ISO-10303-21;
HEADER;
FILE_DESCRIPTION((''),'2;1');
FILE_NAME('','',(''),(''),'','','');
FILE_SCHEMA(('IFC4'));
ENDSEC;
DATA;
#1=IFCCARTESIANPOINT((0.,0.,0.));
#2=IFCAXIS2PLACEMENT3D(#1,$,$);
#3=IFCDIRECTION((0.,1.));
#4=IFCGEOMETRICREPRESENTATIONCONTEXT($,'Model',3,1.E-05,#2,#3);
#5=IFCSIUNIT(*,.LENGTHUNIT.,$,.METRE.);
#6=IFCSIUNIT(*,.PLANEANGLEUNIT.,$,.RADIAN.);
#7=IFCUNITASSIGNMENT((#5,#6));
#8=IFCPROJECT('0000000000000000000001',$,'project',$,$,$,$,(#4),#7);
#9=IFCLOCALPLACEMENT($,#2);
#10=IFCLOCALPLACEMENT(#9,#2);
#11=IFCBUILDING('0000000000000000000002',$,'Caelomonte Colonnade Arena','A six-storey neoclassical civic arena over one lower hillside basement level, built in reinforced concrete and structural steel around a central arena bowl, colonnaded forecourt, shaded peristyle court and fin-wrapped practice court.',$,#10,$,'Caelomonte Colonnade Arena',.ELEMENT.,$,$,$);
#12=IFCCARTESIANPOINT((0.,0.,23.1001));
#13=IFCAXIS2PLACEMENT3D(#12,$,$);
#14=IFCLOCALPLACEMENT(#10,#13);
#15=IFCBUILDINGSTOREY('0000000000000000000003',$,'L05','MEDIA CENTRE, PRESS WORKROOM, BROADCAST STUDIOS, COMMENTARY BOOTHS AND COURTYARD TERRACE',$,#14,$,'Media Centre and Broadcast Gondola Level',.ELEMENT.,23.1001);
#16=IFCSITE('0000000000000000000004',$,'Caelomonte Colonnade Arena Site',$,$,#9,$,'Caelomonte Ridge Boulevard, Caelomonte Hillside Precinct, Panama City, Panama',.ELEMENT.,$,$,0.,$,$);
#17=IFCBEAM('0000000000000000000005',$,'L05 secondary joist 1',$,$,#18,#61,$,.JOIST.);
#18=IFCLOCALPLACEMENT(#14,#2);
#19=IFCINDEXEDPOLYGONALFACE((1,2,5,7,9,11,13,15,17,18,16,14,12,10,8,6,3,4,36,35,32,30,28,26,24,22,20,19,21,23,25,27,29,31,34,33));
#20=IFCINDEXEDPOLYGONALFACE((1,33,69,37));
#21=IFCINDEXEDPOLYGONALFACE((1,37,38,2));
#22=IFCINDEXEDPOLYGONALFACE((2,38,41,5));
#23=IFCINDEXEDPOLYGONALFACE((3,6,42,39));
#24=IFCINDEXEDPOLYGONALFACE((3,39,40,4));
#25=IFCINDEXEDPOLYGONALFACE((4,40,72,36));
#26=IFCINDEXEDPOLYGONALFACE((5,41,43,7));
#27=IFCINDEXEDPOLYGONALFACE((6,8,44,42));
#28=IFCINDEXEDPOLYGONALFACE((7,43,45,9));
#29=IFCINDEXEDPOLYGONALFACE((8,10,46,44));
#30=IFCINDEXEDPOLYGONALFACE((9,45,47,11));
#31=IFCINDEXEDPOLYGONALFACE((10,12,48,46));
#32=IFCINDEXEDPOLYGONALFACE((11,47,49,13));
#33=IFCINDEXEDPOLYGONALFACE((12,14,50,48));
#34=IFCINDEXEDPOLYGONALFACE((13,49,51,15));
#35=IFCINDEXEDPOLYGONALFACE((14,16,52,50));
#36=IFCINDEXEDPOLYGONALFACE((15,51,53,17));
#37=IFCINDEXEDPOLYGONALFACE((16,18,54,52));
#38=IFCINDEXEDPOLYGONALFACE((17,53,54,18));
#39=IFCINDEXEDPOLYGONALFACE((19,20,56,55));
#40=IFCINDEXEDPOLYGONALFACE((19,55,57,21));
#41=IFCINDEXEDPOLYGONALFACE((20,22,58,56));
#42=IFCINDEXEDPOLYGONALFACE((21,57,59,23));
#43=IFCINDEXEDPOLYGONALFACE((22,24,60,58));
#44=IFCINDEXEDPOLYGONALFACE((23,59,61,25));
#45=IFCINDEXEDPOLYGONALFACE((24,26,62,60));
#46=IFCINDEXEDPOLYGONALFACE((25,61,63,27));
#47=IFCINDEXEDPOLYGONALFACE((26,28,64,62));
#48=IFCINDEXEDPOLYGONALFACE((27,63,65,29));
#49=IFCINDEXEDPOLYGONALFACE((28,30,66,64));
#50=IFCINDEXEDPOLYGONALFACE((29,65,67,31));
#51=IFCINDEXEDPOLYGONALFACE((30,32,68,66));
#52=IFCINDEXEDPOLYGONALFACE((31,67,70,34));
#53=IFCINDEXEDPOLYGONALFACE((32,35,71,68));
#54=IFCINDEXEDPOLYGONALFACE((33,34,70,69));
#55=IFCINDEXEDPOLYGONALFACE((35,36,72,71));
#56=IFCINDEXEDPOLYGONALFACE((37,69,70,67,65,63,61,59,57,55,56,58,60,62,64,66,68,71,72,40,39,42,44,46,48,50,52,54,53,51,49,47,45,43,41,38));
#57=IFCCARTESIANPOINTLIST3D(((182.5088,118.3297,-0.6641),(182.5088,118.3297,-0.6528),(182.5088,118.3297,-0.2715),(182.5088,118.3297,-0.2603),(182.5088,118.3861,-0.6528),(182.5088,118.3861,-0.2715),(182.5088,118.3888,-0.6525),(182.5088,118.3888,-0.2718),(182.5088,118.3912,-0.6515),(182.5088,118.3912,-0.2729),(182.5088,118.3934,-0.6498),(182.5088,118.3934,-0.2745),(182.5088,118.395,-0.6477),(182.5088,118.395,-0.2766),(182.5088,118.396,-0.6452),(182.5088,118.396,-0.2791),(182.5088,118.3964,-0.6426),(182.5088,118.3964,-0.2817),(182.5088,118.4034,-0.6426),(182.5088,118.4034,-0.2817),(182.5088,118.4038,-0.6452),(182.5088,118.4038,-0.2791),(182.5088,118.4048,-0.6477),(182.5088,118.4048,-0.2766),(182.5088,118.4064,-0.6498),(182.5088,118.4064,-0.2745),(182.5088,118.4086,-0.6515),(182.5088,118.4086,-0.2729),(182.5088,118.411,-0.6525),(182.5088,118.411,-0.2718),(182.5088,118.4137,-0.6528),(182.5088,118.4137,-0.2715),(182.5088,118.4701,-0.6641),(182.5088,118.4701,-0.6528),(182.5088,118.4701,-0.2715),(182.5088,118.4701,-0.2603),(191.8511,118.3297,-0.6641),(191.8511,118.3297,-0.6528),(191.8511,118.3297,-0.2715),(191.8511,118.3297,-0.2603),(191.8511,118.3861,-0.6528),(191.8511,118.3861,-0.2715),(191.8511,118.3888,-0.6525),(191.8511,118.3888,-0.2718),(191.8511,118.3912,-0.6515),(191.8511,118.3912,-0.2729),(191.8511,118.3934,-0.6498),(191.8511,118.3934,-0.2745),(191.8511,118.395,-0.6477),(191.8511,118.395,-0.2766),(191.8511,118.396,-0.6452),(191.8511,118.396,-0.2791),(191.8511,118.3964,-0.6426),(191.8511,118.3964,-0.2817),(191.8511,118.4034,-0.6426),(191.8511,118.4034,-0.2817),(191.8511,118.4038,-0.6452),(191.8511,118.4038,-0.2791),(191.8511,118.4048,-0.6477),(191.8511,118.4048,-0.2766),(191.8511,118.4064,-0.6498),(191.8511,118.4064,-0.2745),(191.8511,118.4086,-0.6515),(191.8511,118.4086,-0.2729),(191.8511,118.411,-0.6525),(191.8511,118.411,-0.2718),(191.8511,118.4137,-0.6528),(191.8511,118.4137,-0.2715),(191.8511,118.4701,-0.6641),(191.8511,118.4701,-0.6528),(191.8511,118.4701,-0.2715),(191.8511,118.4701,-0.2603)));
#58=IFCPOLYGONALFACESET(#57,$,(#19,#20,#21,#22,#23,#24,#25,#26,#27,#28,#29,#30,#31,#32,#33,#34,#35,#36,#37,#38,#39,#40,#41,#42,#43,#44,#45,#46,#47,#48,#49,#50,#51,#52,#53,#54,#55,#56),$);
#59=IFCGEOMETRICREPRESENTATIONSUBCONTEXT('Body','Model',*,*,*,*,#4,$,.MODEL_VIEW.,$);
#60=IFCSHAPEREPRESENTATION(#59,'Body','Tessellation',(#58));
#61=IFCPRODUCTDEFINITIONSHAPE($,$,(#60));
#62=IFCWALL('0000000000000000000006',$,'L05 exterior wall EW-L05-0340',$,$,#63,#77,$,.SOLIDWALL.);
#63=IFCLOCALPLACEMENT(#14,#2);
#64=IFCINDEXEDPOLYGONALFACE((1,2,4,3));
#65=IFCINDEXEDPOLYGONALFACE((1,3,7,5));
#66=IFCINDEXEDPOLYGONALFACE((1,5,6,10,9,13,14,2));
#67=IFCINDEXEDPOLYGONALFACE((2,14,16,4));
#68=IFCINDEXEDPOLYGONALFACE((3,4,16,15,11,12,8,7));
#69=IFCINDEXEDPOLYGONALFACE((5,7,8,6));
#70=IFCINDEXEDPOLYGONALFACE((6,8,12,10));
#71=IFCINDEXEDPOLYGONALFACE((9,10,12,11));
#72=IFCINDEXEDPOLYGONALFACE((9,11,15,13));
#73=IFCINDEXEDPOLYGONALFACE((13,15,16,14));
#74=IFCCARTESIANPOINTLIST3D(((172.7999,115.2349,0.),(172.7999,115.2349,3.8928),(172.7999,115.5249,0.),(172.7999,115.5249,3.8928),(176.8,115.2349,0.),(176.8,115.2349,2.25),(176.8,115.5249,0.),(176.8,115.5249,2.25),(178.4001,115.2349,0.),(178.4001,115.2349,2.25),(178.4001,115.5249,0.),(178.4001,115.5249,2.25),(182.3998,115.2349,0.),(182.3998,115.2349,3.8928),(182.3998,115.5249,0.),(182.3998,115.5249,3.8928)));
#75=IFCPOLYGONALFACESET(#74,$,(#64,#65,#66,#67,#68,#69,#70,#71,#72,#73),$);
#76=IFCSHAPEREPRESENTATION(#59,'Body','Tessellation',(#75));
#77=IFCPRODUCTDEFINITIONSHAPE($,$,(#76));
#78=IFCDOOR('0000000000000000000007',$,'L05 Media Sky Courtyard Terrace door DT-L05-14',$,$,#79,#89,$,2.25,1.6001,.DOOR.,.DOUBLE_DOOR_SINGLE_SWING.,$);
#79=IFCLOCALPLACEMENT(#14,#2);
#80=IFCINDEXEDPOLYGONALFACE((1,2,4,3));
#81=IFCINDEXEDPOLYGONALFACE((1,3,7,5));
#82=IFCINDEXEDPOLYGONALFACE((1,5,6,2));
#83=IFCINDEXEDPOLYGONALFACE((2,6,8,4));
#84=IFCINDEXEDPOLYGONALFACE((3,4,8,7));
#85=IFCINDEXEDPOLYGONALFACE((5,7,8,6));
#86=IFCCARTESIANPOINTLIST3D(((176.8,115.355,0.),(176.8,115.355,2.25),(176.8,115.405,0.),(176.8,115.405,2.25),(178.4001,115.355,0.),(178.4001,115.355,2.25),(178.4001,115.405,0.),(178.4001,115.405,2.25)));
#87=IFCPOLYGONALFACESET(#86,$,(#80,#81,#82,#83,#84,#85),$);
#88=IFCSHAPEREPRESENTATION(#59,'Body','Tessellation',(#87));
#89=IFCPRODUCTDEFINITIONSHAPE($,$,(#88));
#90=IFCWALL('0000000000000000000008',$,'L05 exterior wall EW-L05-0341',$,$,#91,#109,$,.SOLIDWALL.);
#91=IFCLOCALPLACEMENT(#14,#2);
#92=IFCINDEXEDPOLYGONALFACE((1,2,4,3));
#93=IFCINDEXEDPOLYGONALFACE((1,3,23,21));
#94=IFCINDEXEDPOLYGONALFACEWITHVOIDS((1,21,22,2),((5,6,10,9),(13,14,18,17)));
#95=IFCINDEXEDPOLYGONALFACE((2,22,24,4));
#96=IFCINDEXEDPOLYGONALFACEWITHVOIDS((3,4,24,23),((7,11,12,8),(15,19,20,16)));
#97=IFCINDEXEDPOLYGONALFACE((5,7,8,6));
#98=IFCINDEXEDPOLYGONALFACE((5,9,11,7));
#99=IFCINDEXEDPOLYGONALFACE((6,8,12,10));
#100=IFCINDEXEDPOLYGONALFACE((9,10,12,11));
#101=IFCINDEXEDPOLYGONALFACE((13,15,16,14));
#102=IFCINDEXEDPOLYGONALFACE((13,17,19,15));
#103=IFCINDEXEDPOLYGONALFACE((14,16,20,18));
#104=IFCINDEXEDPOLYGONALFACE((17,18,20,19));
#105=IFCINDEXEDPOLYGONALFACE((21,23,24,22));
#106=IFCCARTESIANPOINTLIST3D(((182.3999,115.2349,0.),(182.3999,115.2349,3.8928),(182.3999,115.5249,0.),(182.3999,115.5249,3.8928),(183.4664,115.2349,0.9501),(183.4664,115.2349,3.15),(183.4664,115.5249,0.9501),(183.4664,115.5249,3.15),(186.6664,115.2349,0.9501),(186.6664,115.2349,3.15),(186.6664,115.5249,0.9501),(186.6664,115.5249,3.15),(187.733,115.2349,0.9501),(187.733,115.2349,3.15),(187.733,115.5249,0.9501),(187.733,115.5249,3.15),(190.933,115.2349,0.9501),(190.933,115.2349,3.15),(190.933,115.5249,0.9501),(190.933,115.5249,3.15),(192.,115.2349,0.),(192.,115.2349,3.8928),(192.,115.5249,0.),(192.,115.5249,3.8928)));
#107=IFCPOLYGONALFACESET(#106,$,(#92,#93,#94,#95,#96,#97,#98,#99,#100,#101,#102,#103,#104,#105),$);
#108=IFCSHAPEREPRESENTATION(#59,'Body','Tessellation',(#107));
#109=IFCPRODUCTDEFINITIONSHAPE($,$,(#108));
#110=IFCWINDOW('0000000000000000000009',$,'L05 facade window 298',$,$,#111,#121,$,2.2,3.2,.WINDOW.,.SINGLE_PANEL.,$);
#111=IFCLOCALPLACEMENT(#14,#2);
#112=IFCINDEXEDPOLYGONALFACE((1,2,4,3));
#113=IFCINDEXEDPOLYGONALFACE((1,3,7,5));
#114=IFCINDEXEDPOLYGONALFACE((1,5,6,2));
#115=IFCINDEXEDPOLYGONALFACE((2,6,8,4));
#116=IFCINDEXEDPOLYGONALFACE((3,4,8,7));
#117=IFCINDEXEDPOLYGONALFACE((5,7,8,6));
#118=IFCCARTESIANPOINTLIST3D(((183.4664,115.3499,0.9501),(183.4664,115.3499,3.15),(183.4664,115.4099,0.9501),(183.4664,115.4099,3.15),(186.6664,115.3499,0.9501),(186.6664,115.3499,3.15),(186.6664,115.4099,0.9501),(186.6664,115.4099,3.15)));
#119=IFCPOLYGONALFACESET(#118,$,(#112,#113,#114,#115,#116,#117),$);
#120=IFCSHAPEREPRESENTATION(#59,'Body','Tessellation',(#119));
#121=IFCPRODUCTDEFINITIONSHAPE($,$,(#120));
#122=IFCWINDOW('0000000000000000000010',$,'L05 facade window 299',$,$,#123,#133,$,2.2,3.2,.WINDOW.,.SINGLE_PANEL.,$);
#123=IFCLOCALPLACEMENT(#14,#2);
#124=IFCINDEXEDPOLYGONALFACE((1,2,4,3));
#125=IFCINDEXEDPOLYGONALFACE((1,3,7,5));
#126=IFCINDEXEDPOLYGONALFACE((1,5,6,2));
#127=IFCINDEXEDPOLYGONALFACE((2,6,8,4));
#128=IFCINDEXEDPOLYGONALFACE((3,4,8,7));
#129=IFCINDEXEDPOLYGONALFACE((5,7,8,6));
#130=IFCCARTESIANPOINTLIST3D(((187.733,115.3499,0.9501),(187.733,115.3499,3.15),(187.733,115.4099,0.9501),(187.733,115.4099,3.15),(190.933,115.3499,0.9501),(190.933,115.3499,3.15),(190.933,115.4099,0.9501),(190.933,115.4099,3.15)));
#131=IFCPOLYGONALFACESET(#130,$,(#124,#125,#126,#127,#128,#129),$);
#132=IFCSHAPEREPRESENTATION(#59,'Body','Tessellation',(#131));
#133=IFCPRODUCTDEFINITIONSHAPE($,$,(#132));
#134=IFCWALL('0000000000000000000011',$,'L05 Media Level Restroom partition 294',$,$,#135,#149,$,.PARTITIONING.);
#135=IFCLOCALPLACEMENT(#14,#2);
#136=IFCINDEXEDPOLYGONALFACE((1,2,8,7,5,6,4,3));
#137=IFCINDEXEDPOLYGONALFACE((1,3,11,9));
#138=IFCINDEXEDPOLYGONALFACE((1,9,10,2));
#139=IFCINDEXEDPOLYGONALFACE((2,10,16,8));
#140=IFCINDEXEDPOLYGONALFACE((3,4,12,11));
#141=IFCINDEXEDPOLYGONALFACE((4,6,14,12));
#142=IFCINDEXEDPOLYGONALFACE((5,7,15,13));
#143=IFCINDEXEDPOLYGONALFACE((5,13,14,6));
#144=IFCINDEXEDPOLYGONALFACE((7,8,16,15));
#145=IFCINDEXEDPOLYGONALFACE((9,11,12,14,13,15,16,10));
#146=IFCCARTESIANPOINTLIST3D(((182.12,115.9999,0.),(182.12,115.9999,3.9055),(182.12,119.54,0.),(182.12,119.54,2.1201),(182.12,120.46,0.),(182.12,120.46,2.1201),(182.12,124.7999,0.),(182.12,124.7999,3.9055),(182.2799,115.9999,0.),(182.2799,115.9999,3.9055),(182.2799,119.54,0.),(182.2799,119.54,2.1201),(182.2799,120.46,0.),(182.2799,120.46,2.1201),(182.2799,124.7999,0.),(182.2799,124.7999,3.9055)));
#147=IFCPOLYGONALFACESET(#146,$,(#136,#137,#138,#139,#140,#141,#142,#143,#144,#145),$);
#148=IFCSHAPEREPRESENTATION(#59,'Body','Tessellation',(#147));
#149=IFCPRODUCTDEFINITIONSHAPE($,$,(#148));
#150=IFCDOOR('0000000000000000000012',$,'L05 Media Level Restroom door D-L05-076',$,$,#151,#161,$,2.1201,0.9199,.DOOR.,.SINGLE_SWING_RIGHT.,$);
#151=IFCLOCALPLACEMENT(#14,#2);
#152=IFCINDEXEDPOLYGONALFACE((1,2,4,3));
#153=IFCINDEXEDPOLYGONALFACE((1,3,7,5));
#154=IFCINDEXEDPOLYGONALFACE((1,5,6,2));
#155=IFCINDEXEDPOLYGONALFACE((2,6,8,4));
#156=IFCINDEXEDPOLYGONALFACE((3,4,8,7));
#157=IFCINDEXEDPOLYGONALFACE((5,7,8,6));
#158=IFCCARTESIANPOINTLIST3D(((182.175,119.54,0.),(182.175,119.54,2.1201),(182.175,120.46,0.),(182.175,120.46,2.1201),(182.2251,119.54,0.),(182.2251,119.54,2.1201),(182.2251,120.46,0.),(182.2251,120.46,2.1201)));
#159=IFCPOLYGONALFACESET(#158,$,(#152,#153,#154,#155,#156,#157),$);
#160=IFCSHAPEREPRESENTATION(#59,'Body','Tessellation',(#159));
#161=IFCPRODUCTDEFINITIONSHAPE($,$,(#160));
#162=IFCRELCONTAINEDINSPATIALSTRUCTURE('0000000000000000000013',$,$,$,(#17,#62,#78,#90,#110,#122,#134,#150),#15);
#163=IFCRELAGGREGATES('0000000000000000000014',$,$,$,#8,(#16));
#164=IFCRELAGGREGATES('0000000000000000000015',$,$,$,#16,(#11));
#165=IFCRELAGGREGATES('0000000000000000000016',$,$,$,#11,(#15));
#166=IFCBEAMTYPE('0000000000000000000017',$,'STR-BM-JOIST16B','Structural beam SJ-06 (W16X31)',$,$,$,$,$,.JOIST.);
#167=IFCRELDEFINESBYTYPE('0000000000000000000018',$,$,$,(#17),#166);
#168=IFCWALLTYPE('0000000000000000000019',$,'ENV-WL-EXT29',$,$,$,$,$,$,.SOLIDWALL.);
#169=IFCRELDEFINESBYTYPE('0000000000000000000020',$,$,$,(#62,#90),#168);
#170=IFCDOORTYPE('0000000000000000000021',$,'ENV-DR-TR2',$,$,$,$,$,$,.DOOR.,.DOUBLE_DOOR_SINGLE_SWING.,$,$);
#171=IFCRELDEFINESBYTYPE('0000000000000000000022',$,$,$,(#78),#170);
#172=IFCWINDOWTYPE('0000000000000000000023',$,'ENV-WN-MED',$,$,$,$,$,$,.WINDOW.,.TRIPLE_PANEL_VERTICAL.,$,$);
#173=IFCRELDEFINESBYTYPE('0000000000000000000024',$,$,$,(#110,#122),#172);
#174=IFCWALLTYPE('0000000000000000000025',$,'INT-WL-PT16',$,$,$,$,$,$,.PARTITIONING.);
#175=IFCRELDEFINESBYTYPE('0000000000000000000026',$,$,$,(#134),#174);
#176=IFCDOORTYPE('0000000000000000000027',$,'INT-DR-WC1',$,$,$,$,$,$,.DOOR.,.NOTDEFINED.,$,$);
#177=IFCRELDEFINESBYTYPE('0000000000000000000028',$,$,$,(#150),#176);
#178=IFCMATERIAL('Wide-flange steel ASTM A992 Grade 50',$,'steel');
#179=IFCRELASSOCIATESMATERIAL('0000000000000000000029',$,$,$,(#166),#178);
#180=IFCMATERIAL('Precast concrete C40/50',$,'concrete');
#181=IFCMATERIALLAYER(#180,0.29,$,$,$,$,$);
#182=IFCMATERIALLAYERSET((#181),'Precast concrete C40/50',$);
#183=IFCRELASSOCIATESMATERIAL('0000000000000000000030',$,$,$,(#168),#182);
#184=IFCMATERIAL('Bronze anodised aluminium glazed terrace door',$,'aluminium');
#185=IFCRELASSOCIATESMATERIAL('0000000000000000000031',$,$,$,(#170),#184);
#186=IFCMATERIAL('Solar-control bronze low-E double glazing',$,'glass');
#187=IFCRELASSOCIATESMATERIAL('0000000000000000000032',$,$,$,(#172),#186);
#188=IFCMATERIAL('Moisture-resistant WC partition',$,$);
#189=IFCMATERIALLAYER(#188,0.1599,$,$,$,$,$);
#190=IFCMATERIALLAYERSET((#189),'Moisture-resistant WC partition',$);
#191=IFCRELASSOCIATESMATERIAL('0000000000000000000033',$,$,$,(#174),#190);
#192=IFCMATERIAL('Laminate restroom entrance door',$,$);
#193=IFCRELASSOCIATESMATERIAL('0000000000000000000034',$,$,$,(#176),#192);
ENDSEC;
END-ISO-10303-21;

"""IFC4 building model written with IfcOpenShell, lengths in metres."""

from ifc_helpers import new_model, si_unit, direction, frame, frame_2d, origin, origin_2d, place, context, subcontext, project, spatial, rectangle, i_section, extrude, material, layer, layer_set, material_profile, profile_set, type_object, element, fill, save


model = new_model("IFC4")

# Units and contexts
model_context = context("Model", 3, precision=1e-05, world=origin(), true_north=direction((0.0, 1.0)))
body_context = subcontext(model_context, "Body", "Model", "MODEL_VIEW")
ifc_project = project(units=[si_unit("LENGTHUNIT", "METRE"), si_unit("PLANEANGLEUNIT", "RADIAN")], contexts=[model_context])

# Site, building, storey
site_placement = place(None, origin())
site = spatial("IfcSite", under=ifc_project, at=site_placement, Name="Caelomonte Colonnade Arena Site", LongName="Caelomonte Ridge Boulevard, Caelomonte Hillside Precinct, Panama City, Panama", CompositionType="ELEMENT", RefElevation=0.0)
building_placement = place(site_placement, origin())
building = spatial("IfcBuilding", under=site, at=building_placement, Name="Caelomonte Colonnade Arena", Description="A six-storey neoclassical civic arena over one lower hillside basement level, built in reinforced concrete and structural steel around a central arena bowl, colonnaded forecourt, shaded peristyle court and fin-wrapped practice court.", LongName="Caelomonte Colonnade Arena", CompositionType="ELEMENT")
storey_placement = place(building_placement, frame((0.0, 0.0, 23.1001)))
storey = spatial("IfcBuildingStorey", under=building, at=storey_placement, Name="L05", Description="MEDIA CENTRE, PRESS WORKROOM, BROADCAST STUDIOS, COMMENTARY BOOTHS AND COURTYARD TERRACE", LongName="Media Centre and Broadcast Gondola Level", CompositionType="ELEMENT", Elevation=23.1001)

# Shared definitions
ifc_material_1 = material(Name="Wide-flange steel ASTM A992 Grade 50", Category="steel")

# Beam
ifc_material_profile_1 = material_profile(ifc_material_1, i_section(OverallWidth=0.1404, OverallDepth=0.4038, WebThickness=0.0071, FlangeThickness=0.0112, FilletRadius=0.0103, at=origin_2d()), Name="W16X31")
ifc_profile_set_1 = profile_set([ifc_material_profile_1], Name="Wide-flange steel ASTM A992 Grade 50")
beam_type_1 = type_object("IfcBeamType", Name="STR-BM-JOIST16B", Description="Structural beam SJ-06 (W16X31)", PredefinedType="JOIST", material=ifc_profile_set_1)
beam_placement = place(storey_placement, frame((182.5088, 118.3999, -0.4622), z_axis=(1.0, 0.0, 0.0), x_axis=(0.0, 1.0, 0.0)))
element("IfcBeam", 1, at=beam_placement, inside=storey, type_object=beam_type_1, Name="L05 secondary joist 1", PredefinedType="JOIST", context=body_context, shape_type="SweptSolid", body=[
    extrude(i_section(OverallWidth=0.1404, OverallDepth=0.4038, WebThickness=0.0071, FlangeThickness=0.0112, FilletRadius=0.0103, at=origin_2d()), origin(), (0.0, 0.0, 1.0), 9.3423),
])

# Wall, opening, door
ifc_material_2 = material(Name="Precast concrete C40/50", Category="concrete")
ifc_layer_1 = layer(ifc_material_2, 0.29)
ifc_layer_set_1 = layer_set([ifc_layer_1], Name="Precast concrete C40/50")
wall_type_1 = type_object("IfcWallType", Name="ENV-WL-EXT29", PredefinedType="SOLIDWALL", material=ifc_layer_set_1)
wall_1_placement = place(storey_placement, frame((172.8, 115.3799, 0.0), z_axis=(0.0, 0.0, 1.0), x_axis=(1.0, 0.0, 0.0)))
wall_1 = element("IfcWall", 2, at=wall_1_placement, inside=storey, type_object=wall_type_1, Name="L05 exterior wall EW-L05-0340", PredefinedType="SOLIDWALL", context=body_context, shape_type="SweptSolid", body=[
    extrude(rectangle(XDim=9.5999, YDim=0.29, at=frame_2d((4.7998, 0.0))), origin(), (0.0, 0.0, 1.0), 3.8928),
])
opening_1_placement = place(wall_1_placement, frame((5.6001, 0.0, 0.0), z_axis=(0.0, 0.0, 1.0), x_axis=(-1.0, 0.0, 0.0)))
opening_1 = element("IfcOpeningElement", 3, at=opening_1_placement, cuts=wall_1, PredefinedType="OPENING", context=body_context, shape_type="SweptSolid", body=[
    extrude(rectangle(XDim=1.6001, YDim=2.25, at=frame_2d((0.8, 1.125))), frame((0.0, 0.155, 0.0), z_axis=(0.0, -1.0, 0.0), x_axis=(1.0, 0.0, 0.0)), (0.0, 0.0, 1.0), 0.3101),
])
ifc_material_3 = material(Name="Bronze anodised aluminium glazed terrace door", Category="aluminium")
door_type_1 = type_object("IfcDoorType", Name="ENV-DR-TR2", OperationType="DOUBLE_DOOR_SINGLE_SWING", PredefinedType="DOOR", material=ifc_material_3)
door_1_placement = place(opening_1_placement, origin())
door_1 = element("IfcDoor", 4, at=door_1_placement, inside=storey, type_object=door_type_1, Name="L05 Media Sky Courtyard Terrace door DT-L05-14", OperationType="DOUBLE_DOOR_SINGLE_SWING", OverallHeight=2.25, OverallWidth=1.6001, PredefinedType="DOOR", context=body_context, shape_type="SweptSolid", body=[
    extrude(rectangle(XDim=1.6001, YDim=2.25, at=frame_2d((0.8, 1.125))), frame((0.0, 0.0249, 0.0), z_axis=(0.0, -1.0, 0.0), x_axis=(1.0, 0.0, 0.0)), (0.0, 0.0, 1.0), 0.05),
])
fill(opening_1, door_1)

# Wall, openings, windows
wall_2_placement = place(storey_placement, frame((182.3999, 115.3799, 0.0), z_axis=(0.0, 0.0, 1.0), x_axis=(1.0, 0.0, 0.0)))
wall_2 = element("IfcWall", 5, at=wall_2_placement, inside=storey, type_object=wall_type_1, Name="L05 exterior wall EW-L05-0341", PredefinedType="SOLIDWALL", context=body_context, shape_type="SweptSolid", body=[
    extrude(rectangle(XDim=9.6001, YDim=0.29, at=frame_2d((4.8, 0.0))), origin(), (0.0, 0.0, 1.0), 3.8928),
])
opening_2_placement = place(wall_2_placement, frame((4.2666, 0.0, 0.95), z_axis=(0.0, 0.0, 1.0), x_axis=(-1.0, 0.0, 0.0)))
opening_2 = element("IfcOpeningElement", 6, at=opening_2_placement, cuts=wall_2, PredefinedType="OPENING", context=body_context, shape_type="SweptSolid", body=[
    extrude(rectangle(XDim=3.2, YDim=2.2, at=frame_2d((1.6001, 1.1001))), frame((0.0, 0.155, 0.0), z_axis=(0.0, -1.0, 0.0), x_axis=(1.0, 0.0, 0.0)), (0.0, 0.0, 1.0), 0.3101),
])
opening_3_placement = place(wall_2_placement, frame((8.5332, 0.0, 0.95), z_axis=(0.0, 0.0, 1.0), x_axis=(-1.0, 0.0, 0.0)))
opening_3 = element("IfcOpeningElement", 7, at=opening_3_placement, cuts=wall_2, PredefinedType="OPENING", context=body_context, shape_type="SweptSolid", body=[
    extrude(rectangle(XDim=3.2, YDim=2.2, at=frame_2d((1.6001, 1.1001))), frame((0.0, 0.155, 0.0), z_axis=(0.0, -1.0, 0.0), x_axis=(1.0, 0.0, 0.0)), (0.0, 0.0, 1.0), 0.3101),
])
ifc_material_4 = material(Name="Solar-control bronze low-E double glazing", Category="glass")
window_type = type_object("IfcWindowType", Name="ENV-WN-MED", PartitioningType="TRIPLE_PANEL_VERTICAL", PredefinedType="WINDOW", material=ifc_material_4)
window_1_placement = place(opening_2_placement, origin())
window_1 = element("IfcWindow", 8, at=window_1_placement, inside=storey, type_object=window_type, Name="L05 facade window 298", OverallHeight=2.2, OverallWidth=3.2, PartitioningType="SINGLE_PANEL", PredefinedType="WINDOW", context=body_context, shape_type="SweptSolid", body=[
    extrude(rectangle(XDim=3.2, YDim=2.2, at=frame_2d((1.6001, 1.1001))), frame((0.0, 0.03, 0.0), z_axis=(0.0, -1.0, 0.0), x_axis=(1.0, 0.0, 0.0)), (0.0, 0.0, 1.0), 0.0601),
])
fill(opening_2, window_1)
window_2_placement = place(opening_3_placement, origin())
window_2 = element("IfcWindow", 9, at=window_2_placement, inside=storey, type_object=window_type, Name="L05 facade window 299", OverallHeight=2.2, OverallWidth=3.2, PartitioningType="SINGLE_PANEL", PredefinedType="WINDOW", context=body_context, shape_type="SweptSolid", body=[
    extrude(rectangle(XDim=3.2, YDim=2.2, at=frame_2d((1.6001, 1.1001))), frame((0.0, 0.03, 0.0), z_axis=(0.0, -1.0, 0.0), x_axis=(1.0, 0.0, 0.0)), (0.0, 0.0, 1.0), 0.0601),
])
fill(opening_3, window_2)

# Wall, opening, door
ifc_material_5 = material(Name="Moisture-resistant WC partition")
ifc_layer_2 = layer(ifc_material_5, 0.1599)
ifc_layer_set_2 = layer_set([ifc_layer_2], Name="Moisture-resistant WC partition")
wall_type_2 = type_object("IfcWallType", Name="INT-WL-PT16", PredefinedType="PARTITIONING", material=ifc_layer_set_2)
wall_3_placement = place(storey_placement, frame((182.2, 116.0, 0.0), z_axis=(0.0, 0.0, 1.0), x_axis=(0.0, 1.0, 0.0)))
wall_3 = element("IfcWall", 10, at=wall_3_placement, inside=storey, type_object=wall_type_2, Name="L05 Media Level Restroom partition 294", PredefinedType="PARTITIONING", context=body_context, shape_type="SweptSolid", body=[
    extrude(rectangle(XDim=8.8, YDim=0.1599, at=frame_2d((4.3999, 0.0))), origin(), (0.0, 0.0, 1.0), 3.9055),
])
opening_4_placement = place(wall_3_placement, frame((3.54, 0.0, 0.0), z_axis=(0.0, 0.0, 1.0), x_axis=(1.0, 0.0, 0.0)))
opening_4 = element("IfcOpeningElement", 11, at=opening_4_placement, cuts=wall_3, PredefinedType="OPENING", context=body_context, shape_type="SweptSolid", body=[
    extrude(rectangle(XDim=0.9199, YDim=2.1201, at=frame_2d((0.46, 1.0601))), frame((0.0, 0.0898, 0.0), z_axis=(0.0, -1.0, 0.0), x_axis=(1.0, 0.0, 0.0)), (0.0, 0.0, 1.0), 0.1799),
])
ifc_material_6 = material(Name="Laminate restroom entrance door")
door_type_2 = type_object("IfcDoorType", Name="INT-DR-WC1", OperationType="NOTDEFINED", PredefinedType="DOOR", material=ifc_material_6)
door_2_placement = place(opening_4_placement, origin())
door_2 = element("IfcDoor", 12, at=door_2_placement, inside=storey, type_object=door_type_2, Name="L05 Media Level Restroom door D-L05-076", OperationType="SINGLE_SWING_RIGHT", OverallHeight=2.1201, OverallWidth=0.9199, PredefinedType="DOOR", context=body_context, shape_type="SweptSolid", body=[
    extrude(rectangle(XDim=0.9199, YDim=2.1201, at=frame_2d((0.46, 1.0601))), frame((0.0, 0.0249, 0.0), z_axis=(0.0, -1.0, 0.0), x_axis=(1.0, 0.0, 0.0)), (0.0, 0.0, 1.0), 0.05),
])
fill(opening_4, door_2)

save(model, "model.ifc")
